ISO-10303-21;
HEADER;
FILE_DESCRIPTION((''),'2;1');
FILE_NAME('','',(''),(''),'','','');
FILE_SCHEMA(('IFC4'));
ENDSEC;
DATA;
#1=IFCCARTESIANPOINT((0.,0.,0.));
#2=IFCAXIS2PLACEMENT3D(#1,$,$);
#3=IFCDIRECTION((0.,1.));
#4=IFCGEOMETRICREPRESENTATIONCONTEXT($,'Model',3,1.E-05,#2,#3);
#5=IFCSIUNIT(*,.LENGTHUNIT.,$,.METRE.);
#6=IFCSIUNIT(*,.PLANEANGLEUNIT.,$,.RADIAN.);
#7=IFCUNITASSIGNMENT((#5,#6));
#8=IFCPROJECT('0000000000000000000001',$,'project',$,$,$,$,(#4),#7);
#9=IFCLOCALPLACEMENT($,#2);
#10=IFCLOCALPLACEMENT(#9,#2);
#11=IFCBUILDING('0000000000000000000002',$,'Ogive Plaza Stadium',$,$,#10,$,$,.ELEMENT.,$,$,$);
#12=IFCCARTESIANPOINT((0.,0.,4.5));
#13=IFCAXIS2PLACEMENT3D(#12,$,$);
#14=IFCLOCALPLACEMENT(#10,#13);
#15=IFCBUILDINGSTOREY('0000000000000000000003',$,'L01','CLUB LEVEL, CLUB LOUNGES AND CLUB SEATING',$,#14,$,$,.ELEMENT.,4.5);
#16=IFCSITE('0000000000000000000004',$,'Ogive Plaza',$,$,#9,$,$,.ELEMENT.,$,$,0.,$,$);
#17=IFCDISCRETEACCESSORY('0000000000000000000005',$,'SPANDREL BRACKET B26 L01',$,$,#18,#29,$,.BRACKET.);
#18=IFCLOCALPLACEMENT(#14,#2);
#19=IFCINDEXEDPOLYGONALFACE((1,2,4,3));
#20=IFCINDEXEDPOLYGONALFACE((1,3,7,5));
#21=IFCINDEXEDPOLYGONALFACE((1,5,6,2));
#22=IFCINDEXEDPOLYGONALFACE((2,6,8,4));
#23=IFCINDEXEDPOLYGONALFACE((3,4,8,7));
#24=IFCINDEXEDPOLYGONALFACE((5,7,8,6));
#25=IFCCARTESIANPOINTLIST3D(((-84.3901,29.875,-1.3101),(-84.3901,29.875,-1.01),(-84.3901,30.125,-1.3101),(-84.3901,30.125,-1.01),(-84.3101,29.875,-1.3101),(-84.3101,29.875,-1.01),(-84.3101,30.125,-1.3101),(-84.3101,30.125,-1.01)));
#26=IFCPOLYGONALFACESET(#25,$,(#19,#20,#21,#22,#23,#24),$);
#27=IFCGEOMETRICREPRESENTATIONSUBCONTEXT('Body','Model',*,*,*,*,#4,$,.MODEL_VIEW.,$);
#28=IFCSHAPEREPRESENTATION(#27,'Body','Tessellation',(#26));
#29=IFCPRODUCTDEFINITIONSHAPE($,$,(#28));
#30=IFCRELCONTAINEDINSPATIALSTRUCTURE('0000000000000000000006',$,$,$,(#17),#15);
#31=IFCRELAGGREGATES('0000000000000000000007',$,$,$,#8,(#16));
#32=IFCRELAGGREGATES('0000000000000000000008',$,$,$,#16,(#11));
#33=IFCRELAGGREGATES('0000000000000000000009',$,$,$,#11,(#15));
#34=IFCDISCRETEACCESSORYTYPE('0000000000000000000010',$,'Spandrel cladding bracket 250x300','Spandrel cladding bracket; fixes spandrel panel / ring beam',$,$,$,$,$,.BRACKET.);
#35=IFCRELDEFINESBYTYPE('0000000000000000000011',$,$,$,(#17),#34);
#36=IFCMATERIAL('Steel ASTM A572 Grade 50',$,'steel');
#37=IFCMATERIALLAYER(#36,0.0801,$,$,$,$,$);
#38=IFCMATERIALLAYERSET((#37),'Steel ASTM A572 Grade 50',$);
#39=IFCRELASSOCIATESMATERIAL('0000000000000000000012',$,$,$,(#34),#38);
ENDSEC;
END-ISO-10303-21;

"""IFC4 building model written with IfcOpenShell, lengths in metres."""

from ifc_helpers import new_model, si_unit, direction, frame, origin, origin_2d, place, context, subcontext, project, spatial, rectangle, extrude, material, layer, layer_set, type_object, element, save


model = new_model("IFC4")

# Units and contexts
model_context = context("Model", 3, precision=1e-05, world=origin(), true_north=direction((0.0, 1.0)))
body_context = subcontext(model_context, "Body", "Model", "MODEL_VIEW")
ifc_project = project(units=[si_unit("LENGTHUNIT", "METRE"), si_unit("PLANEANGLEUNIT", "RADIAN")], contexts=[model_context])

# Site, building, storey
site_placement = place(None, origin())
site = spatial("IfcSite", under=ifc_project, at=site_placement, Name="Ogive Plaza", CompositionType="ELEMENT", RefElevation=0.0)
building_placement = place(site_placement, origin())
building = spatial("IfcBuilding", under=site, at=building_placement, Name="Ogive Plaza Stadium", CompositionType="ELEMENT")
storey_placement = place(building_placement, frame((0.0, 0.0, 4.5)))
storey = spatial("IfcBuildingStorey", under=building, at=storey_placement, Name="L01", Description="CLUB LEVEL, CLUB LOUNGES AND CLUB SEATING", CompositionType="ELEMENT", Elevation=4.5)

# Discrete accessory
ifc_material_1 = material(Name="Steel ASTM A572 Grade 50", Category="steel")
ifc_layer_1 = layer(ifc_material_1, 0.0801)
ifc_layer_set_1 = layer_set([ifc_layer_1], Name="Steel ASTM A572 Grade 50")
discrete_accessory_type = type_object("IfcDiscreteAccessoryType", Name="Spandrel cladding bracket 250x300", Description="Spandrel cladding bracket; fixes spandrel panel / ring beam", PredefinedType="BRACKET", material=ifc_layer_set_1)
discrete_accessory_placement = place(storey_placement, frame((-84.3501, 30.0, -1.3101), z_axis=(0.0, 0.0, 1.0), x_axis=(0.0, 1.0, 0.0)))
element("IfcDiscreteAccessory", 1, at=discrete_accessory_placement, inside=storey, type_object=discrete_accessory_type, Name="SPANDREL BRACKET B26 L01", PredefinedType="BRACKET", context=body_context, shape_type="SweptSolid", body=[
    extrude(rectangle(XDim=0.25, YDim=0.0801, at=origin_2d()), origin(), (0.0, 0.0, 1.0), 0.3),
])

save(model, "model.ifc")
